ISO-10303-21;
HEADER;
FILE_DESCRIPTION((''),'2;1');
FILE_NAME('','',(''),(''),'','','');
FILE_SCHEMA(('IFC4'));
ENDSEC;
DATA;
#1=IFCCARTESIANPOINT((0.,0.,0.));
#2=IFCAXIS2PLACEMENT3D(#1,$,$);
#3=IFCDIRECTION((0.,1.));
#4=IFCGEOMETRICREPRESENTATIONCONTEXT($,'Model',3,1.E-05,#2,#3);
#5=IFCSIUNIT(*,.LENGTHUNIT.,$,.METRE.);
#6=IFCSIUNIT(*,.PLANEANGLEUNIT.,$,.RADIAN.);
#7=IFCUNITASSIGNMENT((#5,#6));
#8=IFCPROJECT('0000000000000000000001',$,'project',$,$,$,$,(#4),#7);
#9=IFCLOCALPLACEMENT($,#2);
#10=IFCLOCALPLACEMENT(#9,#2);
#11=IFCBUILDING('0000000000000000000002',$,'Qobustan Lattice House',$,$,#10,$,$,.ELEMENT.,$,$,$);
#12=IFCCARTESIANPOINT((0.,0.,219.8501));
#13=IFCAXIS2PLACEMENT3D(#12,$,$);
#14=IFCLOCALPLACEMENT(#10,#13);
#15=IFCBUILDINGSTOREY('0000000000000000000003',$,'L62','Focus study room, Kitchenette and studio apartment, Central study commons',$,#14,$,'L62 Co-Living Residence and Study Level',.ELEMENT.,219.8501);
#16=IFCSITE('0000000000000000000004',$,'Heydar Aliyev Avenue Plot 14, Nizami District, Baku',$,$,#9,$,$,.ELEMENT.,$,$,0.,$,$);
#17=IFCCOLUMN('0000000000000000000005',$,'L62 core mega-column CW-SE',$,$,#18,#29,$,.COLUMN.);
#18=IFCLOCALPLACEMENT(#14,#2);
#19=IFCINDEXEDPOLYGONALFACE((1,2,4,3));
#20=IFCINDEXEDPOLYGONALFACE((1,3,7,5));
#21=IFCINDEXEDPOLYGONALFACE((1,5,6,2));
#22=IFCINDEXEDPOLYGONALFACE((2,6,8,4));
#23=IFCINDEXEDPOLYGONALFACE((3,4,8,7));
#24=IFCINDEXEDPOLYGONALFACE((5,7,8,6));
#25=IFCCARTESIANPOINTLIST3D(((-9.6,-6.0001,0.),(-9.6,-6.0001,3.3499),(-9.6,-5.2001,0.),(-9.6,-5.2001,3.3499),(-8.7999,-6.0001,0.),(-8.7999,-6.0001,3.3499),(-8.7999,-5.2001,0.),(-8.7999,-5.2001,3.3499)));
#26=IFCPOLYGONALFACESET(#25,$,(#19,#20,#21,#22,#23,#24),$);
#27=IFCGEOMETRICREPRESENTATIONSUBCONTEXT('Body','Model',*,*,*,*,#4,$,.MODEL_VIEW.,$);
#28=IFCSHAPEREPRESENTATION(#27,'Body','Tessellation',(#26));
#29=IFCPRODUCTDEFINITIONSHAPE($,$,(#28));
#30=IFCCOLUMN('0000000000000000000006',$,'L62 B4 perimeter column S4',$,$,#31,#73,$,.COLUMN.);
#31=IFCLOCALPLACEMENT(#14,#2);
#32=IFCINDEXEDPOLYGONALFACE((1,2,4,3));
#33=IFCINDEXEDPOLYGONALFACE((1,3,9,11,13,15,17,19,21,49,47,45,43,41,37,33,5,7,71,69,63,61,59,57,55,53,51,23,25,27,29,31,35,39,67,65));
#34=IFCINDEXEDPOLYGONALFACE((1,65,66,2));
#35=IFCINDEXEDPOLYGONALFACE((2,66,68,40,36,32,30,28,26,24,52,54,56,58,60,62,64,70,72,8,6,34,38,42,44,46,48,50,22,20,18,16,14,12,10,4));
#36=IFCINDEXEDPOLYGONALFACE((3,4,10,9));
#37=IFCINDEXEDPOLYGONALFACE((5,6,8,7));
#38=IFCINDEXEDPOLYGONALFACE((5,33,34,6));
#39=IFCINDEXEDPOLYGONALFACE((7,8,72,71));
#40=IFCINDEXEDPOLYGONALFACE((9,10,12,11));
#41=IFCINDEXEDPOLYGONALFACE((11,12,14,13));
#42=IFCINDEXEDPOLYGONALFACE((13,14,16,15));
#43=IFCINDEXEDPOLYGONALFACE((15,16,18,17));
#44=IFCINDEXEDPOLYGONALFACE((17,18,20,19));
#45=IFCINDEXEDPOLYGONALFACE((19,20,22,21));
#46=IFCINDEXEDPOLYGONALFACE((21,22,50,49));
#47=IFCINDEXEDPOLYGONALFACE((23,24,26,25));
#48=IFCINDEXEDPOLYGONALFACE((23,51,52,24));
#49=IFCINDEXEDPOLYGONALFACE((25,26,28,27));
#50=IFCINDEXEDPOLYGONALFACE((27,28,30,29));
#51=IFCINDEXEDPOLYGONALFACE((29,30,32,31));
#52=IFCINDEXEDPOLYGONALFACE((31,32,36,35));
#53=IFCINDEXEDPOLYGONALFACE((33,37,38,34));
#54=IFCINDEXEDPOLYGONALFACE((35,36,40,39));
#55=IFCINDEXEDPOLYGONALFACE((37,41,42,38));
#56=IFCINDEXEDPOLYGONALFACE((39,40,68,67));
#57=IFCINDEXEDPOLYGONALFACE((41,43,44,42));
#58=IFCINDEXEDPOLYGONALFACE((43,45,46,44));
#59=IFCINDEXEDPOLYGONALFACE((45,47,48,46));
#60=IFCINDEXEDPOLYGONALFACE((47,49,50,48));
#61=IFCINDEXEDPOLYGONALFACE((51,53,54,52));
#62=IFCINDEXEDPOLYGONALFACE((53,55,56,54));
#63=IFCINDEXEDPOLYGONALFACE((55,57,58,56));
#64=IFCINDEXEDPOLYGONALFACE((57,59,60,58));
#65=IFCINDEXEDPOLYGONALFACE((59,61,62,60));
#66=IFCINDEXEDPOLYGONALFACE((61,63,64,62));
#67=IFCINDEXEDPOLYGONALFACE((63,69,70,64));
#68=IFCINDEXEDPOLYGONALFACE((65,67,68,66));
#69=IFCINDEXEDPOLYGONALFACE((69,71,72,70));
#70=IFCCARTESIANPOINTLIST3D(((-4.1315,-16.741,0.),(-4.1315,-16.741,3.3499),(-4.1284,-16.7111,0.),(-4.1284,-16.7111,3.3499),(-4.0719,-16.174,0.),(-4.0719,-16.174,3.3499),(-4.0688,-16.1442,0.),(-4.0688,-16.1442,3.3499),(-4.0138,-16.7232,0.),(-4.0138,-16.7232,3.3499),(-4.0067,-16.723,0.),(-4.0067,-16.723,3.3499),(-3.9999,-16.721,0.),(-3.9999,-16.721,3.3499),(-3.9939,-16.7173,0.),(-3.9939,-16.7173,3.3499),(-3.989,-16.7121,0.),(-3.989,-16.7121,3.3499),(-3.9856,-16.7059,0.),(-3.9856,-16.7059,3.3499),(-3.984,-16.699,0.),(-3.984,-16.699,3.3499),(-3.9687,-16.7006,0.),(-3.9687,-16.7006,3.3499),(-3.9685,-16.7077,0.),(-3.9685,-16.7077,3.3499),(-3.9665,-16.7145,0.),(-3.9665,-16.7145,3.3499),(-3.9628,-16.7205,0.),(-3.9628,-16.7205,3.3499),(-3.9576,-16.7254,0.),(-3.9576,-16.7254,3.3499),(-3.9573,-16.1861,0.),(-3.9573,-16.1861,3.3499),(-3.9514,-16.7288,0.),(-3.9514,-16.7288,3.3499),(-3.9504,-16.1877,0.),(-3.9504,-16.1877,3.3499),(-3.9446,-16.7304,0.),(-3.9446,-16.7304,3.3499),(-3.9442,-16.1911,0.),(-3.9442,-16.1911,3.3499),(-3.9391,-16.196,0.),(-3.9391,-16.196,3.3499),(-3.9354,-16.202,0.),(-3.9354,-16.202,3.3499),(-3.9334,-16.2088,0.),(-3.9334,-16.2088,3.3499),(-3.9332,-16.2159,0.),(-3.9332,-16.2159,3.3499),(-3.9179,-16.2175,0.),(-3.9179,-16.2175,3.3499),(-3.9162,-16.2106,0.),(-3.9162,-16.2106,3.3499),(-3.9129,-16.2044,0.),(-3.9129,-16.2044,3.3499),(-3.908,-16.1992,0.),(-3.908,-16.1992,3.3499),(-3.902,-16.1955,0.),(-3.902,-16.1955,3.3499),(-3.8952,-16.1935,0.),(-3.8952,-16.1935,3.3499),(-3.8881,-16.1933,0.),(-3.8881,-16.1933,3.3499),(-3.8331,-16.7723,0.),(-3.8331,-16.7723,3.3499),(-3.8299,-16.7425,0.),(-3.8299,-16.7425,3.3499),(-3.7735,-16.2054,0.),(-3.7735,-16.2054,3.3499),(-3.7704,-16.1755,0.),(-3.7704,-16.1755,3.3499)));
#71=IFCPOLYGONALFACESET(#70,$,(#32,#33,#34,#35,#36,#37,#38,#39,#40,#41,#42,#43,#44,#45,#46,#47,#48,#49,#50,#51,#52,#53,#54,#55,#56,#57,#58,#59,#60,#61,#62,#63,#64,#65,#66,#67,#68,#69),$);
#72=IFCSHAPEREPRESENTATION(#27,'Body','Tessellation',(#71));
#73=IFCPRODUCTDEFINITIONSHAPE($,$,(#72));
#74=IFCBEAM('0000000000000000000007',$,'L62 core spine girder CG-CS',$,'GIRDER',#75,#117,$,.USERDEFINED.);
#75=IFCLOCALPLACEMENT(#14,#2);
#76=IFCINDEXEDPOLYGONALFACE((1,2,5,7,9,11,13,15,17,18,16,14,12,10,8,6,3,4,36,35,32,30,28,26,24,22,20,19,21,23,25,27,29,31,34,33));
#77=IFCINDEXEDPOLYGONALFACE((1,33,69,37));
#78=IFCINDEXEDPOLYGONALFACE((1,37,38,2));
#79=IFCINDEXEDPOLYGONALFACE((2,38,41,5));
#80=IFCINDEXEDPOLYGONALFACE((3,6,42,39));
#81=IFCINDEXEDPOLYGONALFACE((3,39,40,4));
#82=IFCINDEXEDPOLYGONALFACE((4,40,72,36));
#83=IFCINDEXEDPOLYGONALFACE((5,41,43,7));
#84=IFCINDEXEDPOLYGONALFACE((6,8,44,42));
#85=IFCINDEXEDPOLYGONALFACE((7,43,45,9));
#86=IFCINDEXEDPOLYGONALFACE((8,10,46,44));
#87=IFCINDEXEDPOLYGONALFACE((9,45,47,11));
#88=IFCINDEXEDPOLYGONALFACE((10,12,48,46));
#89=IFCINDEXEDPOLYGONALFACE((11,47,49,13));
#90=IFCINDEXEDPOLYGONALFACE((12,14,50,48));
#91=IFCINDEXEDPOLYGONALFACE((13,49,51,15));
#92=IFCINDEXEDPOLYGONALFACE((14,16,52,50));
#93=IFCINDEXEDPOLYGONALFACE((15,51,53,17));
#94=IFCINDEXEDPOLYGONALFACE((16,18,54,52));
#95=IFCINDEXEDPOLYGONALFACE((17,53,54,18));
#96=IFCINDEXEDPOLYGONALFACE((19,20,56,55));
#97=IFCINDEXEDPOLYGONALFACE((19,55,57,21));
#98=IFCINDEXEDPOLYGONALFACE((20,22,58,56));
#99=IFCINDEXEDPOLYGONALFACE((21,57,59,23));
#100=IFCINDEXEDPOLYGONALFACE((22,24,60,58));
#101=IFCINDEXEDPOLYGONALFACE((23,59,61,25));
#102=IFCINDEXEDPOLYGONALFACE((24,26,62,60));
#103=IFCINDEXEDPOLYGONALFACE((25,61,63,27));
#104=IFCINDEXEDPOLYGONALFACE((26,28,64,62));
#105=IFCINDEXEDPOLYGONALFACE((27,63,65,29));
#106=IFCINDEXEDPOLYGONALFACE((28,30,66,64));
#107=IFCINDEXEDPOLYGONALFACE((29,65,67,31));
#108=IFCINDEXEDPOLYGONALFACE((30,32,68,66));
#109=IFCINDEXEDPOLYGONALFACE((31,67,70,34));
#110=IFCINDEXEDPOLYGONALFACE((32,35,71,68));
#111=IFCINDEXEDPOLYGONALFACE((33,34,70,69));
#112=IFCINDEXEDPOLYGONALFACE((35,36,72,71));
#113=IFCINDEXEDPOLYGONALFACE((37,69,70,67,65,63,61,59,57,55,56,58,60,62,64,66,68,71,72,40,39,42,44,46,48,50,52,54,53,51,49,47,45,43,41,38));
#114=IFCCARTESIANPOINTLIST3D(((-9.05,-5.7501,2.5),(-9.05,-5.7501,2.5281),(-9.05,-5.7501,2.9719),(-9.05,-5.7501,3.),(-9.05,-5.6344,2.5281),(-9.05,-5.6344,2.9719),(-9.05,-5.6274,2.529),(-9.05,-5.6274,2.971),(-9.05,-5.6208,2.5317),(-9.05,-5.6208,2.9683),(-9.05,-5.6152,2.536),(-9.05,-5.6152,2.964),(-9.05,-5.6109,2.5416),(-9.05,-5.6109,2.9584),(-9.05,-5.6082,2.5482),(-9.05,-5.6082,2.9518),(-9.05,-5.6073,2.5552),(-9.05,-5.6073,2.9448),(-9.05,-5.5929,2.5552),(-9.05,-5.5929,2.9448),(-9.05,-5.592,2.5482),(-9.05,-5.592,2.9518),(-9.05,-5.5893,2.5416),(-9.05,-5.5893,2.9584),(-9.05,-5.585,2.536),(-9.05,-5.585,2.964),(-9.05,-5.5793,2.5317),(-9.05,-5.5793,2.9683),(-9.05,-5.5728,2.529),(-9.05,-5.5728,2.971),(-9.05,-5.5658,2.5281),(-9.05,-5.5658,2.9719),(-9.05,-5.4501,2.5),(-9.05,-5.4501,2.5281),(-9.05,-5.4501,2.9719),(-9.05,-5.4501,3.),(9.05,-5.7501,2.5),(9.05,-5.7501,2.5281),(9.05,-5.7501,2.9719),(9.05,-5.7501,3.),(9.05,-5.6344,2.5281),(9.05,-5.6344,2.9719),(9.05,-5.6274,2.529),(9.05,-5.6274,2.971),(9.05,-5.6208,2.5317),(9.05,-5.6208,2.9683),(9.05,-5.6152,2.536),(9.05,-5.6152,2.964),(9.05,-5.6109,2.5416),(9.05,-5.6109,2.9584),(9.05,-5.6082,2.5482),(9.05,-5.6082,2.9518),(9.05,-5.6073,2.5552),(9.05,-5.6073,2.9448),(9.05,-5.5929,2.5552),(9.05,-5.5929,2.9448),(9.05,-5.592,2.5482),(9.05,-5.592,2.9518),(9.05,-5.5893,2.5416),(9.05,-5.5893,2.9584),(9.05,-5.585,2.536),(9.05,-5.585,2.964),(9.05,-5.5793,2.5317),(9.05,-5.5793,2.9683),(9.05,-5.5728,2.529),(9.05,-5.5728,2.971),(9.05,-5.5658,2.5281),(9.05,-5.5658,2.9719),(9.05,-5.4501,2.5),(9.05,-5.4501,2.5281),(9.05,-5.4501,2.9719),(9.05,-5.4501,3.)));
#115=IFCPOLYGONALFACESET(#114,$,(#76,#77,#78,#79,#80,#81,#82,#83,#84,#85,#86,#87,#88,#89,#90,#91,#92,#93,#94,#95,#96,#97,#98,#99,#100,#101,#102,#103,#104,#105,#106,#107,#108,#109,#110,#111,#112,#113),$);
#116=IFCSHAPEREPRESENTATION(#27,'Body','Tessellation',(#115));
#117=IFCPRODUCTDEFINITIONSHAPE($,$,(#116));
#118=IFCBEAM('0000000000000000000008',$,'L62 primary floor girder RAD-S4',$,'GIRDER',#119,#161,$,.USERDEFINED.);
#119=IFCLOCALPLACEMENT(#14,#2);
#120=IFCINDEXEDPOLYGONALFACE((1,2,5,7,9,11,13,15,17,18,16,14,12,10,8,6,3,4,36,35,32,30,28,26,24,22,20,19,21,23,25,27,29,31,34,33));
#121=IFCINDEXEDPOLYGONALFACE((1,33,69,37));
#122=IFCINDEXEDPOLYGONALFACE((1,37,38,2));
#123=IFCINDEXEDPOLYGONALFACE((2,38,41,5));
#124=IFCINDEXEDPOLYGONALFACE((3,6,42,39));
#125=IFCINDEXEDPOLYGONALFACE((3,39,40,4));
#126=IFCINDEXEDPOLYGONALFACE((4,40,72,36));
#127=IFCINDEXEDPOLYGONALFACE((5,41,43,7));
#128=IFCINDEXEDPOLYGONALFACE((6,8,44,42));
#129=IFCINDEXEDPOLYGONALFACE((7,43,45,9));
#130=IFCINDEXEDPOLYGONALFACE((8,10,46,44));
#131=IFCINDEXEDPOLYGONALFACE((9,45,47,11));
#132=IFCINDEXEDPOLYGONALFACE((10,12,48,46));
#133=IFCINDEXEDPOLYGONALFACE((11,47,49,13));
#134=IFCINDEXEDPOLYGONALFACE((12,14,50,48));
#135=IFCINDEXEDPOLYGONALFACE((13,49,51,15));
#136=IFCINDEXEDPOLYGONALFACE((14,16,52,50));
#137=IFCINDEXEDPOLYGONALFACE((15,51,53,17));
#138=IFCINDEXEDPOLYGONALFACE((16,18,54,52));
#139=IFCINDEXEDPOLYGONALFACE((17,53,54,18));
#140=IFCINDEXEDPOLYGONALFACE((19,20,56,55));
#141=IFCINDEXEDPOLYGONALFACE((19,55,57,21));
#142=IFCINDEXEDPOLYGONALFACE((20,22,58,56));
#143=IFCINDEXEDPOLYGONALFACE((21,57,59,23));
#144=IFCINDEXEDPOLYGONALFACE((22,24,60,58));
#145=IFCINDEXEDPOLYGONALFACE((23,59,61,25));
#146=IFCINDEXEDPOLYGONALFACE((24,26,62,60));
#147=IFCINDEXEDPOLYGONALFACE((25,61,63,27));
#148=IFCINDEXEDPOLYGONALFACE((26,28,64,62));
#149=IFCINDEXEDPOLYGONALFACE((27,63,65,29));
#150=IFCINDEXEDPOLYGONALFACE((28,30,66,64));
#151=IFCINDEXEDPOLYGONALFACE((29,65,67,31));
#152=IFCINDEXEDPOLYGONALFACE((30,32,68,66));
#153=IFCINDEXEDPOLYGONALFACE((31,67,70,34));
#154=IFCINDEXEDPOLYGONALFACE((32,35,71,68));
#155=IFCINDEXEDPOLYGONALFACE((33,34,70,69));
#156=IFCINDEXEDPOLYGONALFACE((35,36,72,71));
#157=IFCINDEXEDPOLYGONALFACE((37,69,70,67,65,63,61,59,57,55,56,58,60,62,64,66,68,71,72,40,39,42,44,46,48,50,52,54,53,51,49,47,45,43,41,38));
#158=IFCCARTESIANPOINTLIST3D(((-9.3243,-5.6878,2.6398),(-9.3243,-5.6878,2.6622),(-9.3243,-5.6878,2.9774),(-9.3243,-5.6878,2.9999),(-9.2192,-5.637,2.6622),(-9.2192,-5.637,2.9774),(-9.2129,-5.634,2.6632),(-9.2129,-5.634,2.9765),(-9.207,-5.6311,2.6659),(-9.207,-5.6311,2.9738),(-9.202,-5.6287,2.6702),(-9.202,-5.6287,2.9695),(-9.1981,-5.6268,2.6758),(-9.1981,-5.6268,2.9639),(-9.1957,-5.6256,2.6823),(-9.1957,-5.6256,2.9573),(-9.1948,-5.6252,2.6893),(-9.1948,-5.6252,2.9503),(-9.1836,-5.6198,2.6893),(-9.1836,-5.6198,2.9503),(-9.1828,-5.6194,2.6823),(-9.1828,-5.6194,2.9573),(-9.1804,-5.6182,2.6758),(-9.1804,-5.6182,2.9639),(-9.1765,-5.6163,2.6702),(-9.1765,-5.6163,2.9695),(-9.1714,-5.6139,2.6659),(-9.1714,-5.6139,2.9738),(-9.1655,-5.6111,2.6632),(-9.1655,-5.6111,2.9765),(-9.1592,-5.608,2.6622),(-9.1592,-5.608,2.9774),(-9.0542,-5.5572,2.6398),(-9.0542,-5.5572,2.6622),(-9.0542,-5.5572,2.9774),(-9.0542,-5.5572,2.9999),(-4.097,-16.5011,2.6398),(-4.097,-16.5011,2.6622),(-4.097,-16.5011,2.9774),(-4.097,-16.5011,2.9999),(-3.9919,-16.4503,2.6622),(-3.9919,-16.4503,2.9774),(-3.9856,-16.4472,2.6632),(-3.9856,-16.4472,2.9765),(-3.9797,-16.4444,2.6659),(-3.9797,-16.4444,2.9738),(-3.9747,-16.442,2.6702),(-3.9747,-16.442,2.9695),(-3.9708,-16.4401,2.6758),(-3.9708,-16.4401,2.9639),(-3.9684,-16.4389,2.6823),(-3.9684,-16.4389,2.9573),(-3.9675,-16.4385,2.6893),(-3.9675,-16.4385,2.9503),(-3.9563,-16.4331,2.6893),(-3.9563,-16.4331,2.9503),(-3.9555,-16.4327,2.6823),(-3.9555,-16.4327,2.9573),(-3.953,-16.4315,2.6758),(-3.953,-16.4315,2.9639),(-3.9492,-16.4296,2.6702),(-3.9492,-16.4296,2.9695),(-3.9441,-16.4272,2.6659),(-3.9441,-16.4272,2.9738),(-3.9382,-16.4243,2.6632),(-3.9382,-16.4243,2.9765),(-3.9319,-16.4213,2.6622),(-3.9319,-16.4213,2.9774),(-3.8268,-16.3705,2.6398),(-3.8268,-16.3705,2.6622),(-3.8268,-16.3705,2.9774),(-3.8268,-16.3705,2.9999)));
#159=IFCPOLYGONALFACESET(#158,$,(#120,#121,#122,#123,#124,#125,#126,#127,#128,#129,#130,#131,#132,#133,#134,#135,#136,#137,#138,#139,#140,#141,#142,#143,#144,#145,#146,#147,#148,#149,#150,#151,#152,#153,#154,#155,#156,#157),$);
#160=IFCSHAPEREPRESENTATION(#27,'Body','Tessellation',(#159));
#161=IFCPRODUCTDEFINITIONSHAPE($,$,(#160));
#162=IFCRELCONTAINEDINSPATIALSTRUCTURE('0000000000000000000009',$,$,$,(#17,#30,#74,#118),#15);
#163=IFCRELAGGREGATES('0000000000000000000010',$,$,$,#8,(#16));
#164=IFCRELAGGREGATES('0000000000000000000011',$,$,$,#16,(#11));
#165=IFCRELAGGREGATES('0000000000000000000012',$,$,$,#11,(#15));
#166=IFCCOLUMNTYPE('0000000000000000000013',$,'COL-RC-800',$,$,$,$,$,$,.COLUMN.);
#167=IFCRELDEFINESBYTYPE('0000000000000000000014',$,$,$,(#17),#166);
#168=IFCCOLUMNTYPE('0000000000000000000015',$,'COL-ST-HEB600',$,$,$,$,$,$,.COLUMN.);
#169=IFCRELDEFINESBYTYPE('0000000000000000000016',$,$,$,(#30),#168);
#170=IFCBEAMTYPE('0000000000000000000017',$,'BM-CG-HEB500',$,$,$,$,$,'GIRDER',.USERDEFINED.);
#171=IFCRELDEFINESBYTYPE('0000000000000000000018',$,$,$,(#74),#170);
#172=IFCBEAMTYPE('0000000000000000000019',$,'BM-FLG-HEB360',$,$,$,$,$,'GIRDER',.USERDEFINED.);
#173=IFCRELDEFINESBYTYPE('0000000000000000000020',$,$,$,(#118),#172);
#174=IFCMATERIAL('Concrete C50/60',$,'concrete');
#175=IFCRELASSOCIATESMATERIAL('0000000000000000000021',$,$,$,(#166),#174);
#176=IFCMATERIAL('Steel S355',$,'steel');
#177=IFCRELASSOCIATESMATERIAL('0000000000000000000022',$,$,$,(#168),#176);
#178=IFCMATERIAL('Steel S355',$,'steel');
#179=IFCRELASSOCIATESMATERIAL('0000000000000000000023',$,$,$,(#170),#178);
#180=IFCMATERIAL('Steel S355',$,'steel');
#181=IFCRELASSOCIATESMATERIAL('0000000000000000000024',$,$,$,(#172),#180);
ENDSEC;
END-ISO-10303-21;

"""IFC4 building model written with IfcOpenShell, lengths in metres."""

from ifc_helpers import new_model, si_unit, direction, frame, origin, origin_2d, place, context, subcontext, project, spatial, rectangle, i_section, extrude, material, material_profile, profile_set, type_object, element, save


model = new_model("IFC4")

# Units and contexts
model_context = context("Model", 3, precision=1e-05, world=origin(), true_north=direction((0.0, 1.0)))
body_context = subcontext(model_context, "Body", "Model", "MODEL_VIEW")
ifc_project = project(units=[si_unit("LENGTHUNIT", "METRE"), si_unit("PLANEANGLEUNIT", "RADIAN")], contexts=[model_context])

# Site, building, storey
site_placement = place(None, origin())
site = spatial("IfcSite", under=ifc_project, at=site_placement, Name="Heydar Aliyev Avenue Plot 14, Nizami District, Baku", CompositionType="ELEMENT", RefElevation=0.0)
building_placement = place(site_placement, origin())
building = spatial("IfcBuilding", under=site, at=building_placement, Name="Qobustan Lattice House", CompositionType="ELEMENT")
storey_placement = place(building_placement, frame((0.0, 0.0, 219.8501)))
storey = spatial("IfcBuildingStorey", under=building, at=storey_placement, Name="L62", Description="Focus study room, Kitchenette and studio apartment, Central study commons", LongName="L62 Co-Living Residence and Study Level", CompositionType="ELEMENT", Elevation=219.8501)

# Columns
ifc_material_1 = material(Name="Concrete C50/60", Category="concrete")
ifc_material_profile_1 = material_profile(ifc_material_1, rectangle(XDim=0.8, YDim=0.8, at=origin_2d()), Name="RC800x800")
ifc_profile_set_1 = profile_set([ifc_material_profile_1], Name="Concrete C50/60")
column_type_1 = type_object("IfcColumnType", Name="COL-RC-800", PredefinedType="COLUMN", material=ifc_profile_set_1)
column_1_placement = place(storey_placement, frame((-9.2, -5.6001, 0.0), z_axis=(0.0, 0.0, 1.0), x_axis=(1.0, 0.0, 0.0)))
element("IfcColumn", 1, at=column_1_placement, inside=storey, type_object=column_type_1, Name="L62 core mega-column CW-SE", PredefinedType="COLUMN", context=body_context, shape_type="SweptSolid", body=[
    extrude(rectangle(XDim=0.8, YDim=0.8, at=origin_2d()), origin(), (0.0, 0.0, 1.0), 3.3499),
])
ifc_material_2 = material(Name="Steel S355", Category="steel")
ifc_material_profile_2 = material_profile(ifc_material_2, i_section(OverallWidth=0.3, OverallDepth=0.6001, WebThickness=0.0154, FlangeThickness=0.03, FilletRadius=0.0271, at=origin_2d()), Name="HEB600")
ifc_profile_set_2 = profile_set([ifc_material_profile_2], Name="Steel S355")
column_type_2 = type_object("IfcColumnType", Name="COL-ST-HEB600", PredefinedType="COLUMN", material=ifc_profile_set_2)
column_2_placement = place(storey_placement, frame((-3.9509, -16.4583, 0.0), z_axis=(0.0, 0.0, 1.0), x_axis=(0.994522, -0.104528, 0.0)))
element("IfcColumn", 2, at=column_2_placement, inside=storey, type_object=column_type_2, Name="L62 B4 perimeter column S4", PredefinedType="COLUMN", context=body_context, shape_type="SweptSolid", body=[
    extrude(i_section(OverallWidth=0.3, OverallDepth=0.6001, WebThickness=0.0154, FlangeThickness=0.03, FilletRadius=0.0271, at=origin_2d()), origin(), (0.0, 0.0, 1.0), 3.3499),
])

# Beams
ifc_material_3 = material(Name="Steel S355", Category="steel")
ifc_material_profile_3 = material_profile(ifc_material_3, i_section(OverallWidth=0.3, OverallDepth=0.5, WebThickness=0.0144, FlangeThickness=0.0281, FilletRadius=0.0271, at=origin_2d()), Name="HEB500")
ifc_profile_set_3 = profile_set([ifc_material_profile_3], Name="Steel S355")
beam_type_1 = type_object("IfcBeamType", Name="BM-CG-HEB500", ElementType="GIRDER", PredefinedType="USERDEFINED", material=ifc_profile_set_3)
beam_1_placement = place(storey_placement, frame((-9.05, -5.6001, 2.75), z_axis=(1.0, 0.0, 0.0), x_axis=(0.0, 1.0, 0.0)))
element("IfcBeam", 3, at=beam_1_placement, inside=storey, type_object=beam_type_1, Name="L62 core spine girder CG-CS", ObjectType="GIRDER", PredefinedType="USERDEFINED", context=body_context, shape_type="SweptSolid", body=[
    extrude(i_section(OverallWidth=0.3, OverallDepth=0.5, WebThickness=0.0144, FlangeThickness=0.0281, FilletRadius=0.0271, at=origin_2d()), origin(), (0.0, 0.0, 1.0), 18.1001),
])
ifc_material_4 = material(Name="Steel S355", Category="steel")
ifc_material_profile_4 = material_profile(ifc_material_4, i_section(OverallWidth=0.3, OverallDepth=0.3601, WebThickness=0.0125, FlangeThickness=0.0225, FilletRadius=0.0271, at=origin_2d()), Name="HEB360")
ifc_profile_set_4 = profile_set([ifc_material_profile_4], Name="Steel S355")
beam_type_2 = type_object("IfcBeamType", Name="BM-FLG-HEB360", ElementType="GIRDER", PredefinedType="USERDEFINED", material=ifc_profile_set_4)
beam_2_placement = place(storey_placement, frame((-3.9619, -16.4358, 2.8198), z_axis=(-0.435229, 0.90032, 0.0), x_axis=(-0.90032, -0.435229, 0.0)))
element("IfcBeam", 4, at=beam_2_placement, inside=storey, type_object=beam_type_2, Name="L62 primary floor girder RAD-S4", ObjectType="GIRDER", PredefinedType="USERDEFINED", context=body_context, shape_type="SweptSolid", body=[
    extrude(i_section(OverallWidth=0.3, OverallDepth=0.3601, WebThickness=0.0125, FlangeThickness=0.0225, FilletRadius=0.0271, at=origin_2d()), origin(), (0.0, 0.0, 1.0), 12.0105),
])

save(model, "model.ifc")
